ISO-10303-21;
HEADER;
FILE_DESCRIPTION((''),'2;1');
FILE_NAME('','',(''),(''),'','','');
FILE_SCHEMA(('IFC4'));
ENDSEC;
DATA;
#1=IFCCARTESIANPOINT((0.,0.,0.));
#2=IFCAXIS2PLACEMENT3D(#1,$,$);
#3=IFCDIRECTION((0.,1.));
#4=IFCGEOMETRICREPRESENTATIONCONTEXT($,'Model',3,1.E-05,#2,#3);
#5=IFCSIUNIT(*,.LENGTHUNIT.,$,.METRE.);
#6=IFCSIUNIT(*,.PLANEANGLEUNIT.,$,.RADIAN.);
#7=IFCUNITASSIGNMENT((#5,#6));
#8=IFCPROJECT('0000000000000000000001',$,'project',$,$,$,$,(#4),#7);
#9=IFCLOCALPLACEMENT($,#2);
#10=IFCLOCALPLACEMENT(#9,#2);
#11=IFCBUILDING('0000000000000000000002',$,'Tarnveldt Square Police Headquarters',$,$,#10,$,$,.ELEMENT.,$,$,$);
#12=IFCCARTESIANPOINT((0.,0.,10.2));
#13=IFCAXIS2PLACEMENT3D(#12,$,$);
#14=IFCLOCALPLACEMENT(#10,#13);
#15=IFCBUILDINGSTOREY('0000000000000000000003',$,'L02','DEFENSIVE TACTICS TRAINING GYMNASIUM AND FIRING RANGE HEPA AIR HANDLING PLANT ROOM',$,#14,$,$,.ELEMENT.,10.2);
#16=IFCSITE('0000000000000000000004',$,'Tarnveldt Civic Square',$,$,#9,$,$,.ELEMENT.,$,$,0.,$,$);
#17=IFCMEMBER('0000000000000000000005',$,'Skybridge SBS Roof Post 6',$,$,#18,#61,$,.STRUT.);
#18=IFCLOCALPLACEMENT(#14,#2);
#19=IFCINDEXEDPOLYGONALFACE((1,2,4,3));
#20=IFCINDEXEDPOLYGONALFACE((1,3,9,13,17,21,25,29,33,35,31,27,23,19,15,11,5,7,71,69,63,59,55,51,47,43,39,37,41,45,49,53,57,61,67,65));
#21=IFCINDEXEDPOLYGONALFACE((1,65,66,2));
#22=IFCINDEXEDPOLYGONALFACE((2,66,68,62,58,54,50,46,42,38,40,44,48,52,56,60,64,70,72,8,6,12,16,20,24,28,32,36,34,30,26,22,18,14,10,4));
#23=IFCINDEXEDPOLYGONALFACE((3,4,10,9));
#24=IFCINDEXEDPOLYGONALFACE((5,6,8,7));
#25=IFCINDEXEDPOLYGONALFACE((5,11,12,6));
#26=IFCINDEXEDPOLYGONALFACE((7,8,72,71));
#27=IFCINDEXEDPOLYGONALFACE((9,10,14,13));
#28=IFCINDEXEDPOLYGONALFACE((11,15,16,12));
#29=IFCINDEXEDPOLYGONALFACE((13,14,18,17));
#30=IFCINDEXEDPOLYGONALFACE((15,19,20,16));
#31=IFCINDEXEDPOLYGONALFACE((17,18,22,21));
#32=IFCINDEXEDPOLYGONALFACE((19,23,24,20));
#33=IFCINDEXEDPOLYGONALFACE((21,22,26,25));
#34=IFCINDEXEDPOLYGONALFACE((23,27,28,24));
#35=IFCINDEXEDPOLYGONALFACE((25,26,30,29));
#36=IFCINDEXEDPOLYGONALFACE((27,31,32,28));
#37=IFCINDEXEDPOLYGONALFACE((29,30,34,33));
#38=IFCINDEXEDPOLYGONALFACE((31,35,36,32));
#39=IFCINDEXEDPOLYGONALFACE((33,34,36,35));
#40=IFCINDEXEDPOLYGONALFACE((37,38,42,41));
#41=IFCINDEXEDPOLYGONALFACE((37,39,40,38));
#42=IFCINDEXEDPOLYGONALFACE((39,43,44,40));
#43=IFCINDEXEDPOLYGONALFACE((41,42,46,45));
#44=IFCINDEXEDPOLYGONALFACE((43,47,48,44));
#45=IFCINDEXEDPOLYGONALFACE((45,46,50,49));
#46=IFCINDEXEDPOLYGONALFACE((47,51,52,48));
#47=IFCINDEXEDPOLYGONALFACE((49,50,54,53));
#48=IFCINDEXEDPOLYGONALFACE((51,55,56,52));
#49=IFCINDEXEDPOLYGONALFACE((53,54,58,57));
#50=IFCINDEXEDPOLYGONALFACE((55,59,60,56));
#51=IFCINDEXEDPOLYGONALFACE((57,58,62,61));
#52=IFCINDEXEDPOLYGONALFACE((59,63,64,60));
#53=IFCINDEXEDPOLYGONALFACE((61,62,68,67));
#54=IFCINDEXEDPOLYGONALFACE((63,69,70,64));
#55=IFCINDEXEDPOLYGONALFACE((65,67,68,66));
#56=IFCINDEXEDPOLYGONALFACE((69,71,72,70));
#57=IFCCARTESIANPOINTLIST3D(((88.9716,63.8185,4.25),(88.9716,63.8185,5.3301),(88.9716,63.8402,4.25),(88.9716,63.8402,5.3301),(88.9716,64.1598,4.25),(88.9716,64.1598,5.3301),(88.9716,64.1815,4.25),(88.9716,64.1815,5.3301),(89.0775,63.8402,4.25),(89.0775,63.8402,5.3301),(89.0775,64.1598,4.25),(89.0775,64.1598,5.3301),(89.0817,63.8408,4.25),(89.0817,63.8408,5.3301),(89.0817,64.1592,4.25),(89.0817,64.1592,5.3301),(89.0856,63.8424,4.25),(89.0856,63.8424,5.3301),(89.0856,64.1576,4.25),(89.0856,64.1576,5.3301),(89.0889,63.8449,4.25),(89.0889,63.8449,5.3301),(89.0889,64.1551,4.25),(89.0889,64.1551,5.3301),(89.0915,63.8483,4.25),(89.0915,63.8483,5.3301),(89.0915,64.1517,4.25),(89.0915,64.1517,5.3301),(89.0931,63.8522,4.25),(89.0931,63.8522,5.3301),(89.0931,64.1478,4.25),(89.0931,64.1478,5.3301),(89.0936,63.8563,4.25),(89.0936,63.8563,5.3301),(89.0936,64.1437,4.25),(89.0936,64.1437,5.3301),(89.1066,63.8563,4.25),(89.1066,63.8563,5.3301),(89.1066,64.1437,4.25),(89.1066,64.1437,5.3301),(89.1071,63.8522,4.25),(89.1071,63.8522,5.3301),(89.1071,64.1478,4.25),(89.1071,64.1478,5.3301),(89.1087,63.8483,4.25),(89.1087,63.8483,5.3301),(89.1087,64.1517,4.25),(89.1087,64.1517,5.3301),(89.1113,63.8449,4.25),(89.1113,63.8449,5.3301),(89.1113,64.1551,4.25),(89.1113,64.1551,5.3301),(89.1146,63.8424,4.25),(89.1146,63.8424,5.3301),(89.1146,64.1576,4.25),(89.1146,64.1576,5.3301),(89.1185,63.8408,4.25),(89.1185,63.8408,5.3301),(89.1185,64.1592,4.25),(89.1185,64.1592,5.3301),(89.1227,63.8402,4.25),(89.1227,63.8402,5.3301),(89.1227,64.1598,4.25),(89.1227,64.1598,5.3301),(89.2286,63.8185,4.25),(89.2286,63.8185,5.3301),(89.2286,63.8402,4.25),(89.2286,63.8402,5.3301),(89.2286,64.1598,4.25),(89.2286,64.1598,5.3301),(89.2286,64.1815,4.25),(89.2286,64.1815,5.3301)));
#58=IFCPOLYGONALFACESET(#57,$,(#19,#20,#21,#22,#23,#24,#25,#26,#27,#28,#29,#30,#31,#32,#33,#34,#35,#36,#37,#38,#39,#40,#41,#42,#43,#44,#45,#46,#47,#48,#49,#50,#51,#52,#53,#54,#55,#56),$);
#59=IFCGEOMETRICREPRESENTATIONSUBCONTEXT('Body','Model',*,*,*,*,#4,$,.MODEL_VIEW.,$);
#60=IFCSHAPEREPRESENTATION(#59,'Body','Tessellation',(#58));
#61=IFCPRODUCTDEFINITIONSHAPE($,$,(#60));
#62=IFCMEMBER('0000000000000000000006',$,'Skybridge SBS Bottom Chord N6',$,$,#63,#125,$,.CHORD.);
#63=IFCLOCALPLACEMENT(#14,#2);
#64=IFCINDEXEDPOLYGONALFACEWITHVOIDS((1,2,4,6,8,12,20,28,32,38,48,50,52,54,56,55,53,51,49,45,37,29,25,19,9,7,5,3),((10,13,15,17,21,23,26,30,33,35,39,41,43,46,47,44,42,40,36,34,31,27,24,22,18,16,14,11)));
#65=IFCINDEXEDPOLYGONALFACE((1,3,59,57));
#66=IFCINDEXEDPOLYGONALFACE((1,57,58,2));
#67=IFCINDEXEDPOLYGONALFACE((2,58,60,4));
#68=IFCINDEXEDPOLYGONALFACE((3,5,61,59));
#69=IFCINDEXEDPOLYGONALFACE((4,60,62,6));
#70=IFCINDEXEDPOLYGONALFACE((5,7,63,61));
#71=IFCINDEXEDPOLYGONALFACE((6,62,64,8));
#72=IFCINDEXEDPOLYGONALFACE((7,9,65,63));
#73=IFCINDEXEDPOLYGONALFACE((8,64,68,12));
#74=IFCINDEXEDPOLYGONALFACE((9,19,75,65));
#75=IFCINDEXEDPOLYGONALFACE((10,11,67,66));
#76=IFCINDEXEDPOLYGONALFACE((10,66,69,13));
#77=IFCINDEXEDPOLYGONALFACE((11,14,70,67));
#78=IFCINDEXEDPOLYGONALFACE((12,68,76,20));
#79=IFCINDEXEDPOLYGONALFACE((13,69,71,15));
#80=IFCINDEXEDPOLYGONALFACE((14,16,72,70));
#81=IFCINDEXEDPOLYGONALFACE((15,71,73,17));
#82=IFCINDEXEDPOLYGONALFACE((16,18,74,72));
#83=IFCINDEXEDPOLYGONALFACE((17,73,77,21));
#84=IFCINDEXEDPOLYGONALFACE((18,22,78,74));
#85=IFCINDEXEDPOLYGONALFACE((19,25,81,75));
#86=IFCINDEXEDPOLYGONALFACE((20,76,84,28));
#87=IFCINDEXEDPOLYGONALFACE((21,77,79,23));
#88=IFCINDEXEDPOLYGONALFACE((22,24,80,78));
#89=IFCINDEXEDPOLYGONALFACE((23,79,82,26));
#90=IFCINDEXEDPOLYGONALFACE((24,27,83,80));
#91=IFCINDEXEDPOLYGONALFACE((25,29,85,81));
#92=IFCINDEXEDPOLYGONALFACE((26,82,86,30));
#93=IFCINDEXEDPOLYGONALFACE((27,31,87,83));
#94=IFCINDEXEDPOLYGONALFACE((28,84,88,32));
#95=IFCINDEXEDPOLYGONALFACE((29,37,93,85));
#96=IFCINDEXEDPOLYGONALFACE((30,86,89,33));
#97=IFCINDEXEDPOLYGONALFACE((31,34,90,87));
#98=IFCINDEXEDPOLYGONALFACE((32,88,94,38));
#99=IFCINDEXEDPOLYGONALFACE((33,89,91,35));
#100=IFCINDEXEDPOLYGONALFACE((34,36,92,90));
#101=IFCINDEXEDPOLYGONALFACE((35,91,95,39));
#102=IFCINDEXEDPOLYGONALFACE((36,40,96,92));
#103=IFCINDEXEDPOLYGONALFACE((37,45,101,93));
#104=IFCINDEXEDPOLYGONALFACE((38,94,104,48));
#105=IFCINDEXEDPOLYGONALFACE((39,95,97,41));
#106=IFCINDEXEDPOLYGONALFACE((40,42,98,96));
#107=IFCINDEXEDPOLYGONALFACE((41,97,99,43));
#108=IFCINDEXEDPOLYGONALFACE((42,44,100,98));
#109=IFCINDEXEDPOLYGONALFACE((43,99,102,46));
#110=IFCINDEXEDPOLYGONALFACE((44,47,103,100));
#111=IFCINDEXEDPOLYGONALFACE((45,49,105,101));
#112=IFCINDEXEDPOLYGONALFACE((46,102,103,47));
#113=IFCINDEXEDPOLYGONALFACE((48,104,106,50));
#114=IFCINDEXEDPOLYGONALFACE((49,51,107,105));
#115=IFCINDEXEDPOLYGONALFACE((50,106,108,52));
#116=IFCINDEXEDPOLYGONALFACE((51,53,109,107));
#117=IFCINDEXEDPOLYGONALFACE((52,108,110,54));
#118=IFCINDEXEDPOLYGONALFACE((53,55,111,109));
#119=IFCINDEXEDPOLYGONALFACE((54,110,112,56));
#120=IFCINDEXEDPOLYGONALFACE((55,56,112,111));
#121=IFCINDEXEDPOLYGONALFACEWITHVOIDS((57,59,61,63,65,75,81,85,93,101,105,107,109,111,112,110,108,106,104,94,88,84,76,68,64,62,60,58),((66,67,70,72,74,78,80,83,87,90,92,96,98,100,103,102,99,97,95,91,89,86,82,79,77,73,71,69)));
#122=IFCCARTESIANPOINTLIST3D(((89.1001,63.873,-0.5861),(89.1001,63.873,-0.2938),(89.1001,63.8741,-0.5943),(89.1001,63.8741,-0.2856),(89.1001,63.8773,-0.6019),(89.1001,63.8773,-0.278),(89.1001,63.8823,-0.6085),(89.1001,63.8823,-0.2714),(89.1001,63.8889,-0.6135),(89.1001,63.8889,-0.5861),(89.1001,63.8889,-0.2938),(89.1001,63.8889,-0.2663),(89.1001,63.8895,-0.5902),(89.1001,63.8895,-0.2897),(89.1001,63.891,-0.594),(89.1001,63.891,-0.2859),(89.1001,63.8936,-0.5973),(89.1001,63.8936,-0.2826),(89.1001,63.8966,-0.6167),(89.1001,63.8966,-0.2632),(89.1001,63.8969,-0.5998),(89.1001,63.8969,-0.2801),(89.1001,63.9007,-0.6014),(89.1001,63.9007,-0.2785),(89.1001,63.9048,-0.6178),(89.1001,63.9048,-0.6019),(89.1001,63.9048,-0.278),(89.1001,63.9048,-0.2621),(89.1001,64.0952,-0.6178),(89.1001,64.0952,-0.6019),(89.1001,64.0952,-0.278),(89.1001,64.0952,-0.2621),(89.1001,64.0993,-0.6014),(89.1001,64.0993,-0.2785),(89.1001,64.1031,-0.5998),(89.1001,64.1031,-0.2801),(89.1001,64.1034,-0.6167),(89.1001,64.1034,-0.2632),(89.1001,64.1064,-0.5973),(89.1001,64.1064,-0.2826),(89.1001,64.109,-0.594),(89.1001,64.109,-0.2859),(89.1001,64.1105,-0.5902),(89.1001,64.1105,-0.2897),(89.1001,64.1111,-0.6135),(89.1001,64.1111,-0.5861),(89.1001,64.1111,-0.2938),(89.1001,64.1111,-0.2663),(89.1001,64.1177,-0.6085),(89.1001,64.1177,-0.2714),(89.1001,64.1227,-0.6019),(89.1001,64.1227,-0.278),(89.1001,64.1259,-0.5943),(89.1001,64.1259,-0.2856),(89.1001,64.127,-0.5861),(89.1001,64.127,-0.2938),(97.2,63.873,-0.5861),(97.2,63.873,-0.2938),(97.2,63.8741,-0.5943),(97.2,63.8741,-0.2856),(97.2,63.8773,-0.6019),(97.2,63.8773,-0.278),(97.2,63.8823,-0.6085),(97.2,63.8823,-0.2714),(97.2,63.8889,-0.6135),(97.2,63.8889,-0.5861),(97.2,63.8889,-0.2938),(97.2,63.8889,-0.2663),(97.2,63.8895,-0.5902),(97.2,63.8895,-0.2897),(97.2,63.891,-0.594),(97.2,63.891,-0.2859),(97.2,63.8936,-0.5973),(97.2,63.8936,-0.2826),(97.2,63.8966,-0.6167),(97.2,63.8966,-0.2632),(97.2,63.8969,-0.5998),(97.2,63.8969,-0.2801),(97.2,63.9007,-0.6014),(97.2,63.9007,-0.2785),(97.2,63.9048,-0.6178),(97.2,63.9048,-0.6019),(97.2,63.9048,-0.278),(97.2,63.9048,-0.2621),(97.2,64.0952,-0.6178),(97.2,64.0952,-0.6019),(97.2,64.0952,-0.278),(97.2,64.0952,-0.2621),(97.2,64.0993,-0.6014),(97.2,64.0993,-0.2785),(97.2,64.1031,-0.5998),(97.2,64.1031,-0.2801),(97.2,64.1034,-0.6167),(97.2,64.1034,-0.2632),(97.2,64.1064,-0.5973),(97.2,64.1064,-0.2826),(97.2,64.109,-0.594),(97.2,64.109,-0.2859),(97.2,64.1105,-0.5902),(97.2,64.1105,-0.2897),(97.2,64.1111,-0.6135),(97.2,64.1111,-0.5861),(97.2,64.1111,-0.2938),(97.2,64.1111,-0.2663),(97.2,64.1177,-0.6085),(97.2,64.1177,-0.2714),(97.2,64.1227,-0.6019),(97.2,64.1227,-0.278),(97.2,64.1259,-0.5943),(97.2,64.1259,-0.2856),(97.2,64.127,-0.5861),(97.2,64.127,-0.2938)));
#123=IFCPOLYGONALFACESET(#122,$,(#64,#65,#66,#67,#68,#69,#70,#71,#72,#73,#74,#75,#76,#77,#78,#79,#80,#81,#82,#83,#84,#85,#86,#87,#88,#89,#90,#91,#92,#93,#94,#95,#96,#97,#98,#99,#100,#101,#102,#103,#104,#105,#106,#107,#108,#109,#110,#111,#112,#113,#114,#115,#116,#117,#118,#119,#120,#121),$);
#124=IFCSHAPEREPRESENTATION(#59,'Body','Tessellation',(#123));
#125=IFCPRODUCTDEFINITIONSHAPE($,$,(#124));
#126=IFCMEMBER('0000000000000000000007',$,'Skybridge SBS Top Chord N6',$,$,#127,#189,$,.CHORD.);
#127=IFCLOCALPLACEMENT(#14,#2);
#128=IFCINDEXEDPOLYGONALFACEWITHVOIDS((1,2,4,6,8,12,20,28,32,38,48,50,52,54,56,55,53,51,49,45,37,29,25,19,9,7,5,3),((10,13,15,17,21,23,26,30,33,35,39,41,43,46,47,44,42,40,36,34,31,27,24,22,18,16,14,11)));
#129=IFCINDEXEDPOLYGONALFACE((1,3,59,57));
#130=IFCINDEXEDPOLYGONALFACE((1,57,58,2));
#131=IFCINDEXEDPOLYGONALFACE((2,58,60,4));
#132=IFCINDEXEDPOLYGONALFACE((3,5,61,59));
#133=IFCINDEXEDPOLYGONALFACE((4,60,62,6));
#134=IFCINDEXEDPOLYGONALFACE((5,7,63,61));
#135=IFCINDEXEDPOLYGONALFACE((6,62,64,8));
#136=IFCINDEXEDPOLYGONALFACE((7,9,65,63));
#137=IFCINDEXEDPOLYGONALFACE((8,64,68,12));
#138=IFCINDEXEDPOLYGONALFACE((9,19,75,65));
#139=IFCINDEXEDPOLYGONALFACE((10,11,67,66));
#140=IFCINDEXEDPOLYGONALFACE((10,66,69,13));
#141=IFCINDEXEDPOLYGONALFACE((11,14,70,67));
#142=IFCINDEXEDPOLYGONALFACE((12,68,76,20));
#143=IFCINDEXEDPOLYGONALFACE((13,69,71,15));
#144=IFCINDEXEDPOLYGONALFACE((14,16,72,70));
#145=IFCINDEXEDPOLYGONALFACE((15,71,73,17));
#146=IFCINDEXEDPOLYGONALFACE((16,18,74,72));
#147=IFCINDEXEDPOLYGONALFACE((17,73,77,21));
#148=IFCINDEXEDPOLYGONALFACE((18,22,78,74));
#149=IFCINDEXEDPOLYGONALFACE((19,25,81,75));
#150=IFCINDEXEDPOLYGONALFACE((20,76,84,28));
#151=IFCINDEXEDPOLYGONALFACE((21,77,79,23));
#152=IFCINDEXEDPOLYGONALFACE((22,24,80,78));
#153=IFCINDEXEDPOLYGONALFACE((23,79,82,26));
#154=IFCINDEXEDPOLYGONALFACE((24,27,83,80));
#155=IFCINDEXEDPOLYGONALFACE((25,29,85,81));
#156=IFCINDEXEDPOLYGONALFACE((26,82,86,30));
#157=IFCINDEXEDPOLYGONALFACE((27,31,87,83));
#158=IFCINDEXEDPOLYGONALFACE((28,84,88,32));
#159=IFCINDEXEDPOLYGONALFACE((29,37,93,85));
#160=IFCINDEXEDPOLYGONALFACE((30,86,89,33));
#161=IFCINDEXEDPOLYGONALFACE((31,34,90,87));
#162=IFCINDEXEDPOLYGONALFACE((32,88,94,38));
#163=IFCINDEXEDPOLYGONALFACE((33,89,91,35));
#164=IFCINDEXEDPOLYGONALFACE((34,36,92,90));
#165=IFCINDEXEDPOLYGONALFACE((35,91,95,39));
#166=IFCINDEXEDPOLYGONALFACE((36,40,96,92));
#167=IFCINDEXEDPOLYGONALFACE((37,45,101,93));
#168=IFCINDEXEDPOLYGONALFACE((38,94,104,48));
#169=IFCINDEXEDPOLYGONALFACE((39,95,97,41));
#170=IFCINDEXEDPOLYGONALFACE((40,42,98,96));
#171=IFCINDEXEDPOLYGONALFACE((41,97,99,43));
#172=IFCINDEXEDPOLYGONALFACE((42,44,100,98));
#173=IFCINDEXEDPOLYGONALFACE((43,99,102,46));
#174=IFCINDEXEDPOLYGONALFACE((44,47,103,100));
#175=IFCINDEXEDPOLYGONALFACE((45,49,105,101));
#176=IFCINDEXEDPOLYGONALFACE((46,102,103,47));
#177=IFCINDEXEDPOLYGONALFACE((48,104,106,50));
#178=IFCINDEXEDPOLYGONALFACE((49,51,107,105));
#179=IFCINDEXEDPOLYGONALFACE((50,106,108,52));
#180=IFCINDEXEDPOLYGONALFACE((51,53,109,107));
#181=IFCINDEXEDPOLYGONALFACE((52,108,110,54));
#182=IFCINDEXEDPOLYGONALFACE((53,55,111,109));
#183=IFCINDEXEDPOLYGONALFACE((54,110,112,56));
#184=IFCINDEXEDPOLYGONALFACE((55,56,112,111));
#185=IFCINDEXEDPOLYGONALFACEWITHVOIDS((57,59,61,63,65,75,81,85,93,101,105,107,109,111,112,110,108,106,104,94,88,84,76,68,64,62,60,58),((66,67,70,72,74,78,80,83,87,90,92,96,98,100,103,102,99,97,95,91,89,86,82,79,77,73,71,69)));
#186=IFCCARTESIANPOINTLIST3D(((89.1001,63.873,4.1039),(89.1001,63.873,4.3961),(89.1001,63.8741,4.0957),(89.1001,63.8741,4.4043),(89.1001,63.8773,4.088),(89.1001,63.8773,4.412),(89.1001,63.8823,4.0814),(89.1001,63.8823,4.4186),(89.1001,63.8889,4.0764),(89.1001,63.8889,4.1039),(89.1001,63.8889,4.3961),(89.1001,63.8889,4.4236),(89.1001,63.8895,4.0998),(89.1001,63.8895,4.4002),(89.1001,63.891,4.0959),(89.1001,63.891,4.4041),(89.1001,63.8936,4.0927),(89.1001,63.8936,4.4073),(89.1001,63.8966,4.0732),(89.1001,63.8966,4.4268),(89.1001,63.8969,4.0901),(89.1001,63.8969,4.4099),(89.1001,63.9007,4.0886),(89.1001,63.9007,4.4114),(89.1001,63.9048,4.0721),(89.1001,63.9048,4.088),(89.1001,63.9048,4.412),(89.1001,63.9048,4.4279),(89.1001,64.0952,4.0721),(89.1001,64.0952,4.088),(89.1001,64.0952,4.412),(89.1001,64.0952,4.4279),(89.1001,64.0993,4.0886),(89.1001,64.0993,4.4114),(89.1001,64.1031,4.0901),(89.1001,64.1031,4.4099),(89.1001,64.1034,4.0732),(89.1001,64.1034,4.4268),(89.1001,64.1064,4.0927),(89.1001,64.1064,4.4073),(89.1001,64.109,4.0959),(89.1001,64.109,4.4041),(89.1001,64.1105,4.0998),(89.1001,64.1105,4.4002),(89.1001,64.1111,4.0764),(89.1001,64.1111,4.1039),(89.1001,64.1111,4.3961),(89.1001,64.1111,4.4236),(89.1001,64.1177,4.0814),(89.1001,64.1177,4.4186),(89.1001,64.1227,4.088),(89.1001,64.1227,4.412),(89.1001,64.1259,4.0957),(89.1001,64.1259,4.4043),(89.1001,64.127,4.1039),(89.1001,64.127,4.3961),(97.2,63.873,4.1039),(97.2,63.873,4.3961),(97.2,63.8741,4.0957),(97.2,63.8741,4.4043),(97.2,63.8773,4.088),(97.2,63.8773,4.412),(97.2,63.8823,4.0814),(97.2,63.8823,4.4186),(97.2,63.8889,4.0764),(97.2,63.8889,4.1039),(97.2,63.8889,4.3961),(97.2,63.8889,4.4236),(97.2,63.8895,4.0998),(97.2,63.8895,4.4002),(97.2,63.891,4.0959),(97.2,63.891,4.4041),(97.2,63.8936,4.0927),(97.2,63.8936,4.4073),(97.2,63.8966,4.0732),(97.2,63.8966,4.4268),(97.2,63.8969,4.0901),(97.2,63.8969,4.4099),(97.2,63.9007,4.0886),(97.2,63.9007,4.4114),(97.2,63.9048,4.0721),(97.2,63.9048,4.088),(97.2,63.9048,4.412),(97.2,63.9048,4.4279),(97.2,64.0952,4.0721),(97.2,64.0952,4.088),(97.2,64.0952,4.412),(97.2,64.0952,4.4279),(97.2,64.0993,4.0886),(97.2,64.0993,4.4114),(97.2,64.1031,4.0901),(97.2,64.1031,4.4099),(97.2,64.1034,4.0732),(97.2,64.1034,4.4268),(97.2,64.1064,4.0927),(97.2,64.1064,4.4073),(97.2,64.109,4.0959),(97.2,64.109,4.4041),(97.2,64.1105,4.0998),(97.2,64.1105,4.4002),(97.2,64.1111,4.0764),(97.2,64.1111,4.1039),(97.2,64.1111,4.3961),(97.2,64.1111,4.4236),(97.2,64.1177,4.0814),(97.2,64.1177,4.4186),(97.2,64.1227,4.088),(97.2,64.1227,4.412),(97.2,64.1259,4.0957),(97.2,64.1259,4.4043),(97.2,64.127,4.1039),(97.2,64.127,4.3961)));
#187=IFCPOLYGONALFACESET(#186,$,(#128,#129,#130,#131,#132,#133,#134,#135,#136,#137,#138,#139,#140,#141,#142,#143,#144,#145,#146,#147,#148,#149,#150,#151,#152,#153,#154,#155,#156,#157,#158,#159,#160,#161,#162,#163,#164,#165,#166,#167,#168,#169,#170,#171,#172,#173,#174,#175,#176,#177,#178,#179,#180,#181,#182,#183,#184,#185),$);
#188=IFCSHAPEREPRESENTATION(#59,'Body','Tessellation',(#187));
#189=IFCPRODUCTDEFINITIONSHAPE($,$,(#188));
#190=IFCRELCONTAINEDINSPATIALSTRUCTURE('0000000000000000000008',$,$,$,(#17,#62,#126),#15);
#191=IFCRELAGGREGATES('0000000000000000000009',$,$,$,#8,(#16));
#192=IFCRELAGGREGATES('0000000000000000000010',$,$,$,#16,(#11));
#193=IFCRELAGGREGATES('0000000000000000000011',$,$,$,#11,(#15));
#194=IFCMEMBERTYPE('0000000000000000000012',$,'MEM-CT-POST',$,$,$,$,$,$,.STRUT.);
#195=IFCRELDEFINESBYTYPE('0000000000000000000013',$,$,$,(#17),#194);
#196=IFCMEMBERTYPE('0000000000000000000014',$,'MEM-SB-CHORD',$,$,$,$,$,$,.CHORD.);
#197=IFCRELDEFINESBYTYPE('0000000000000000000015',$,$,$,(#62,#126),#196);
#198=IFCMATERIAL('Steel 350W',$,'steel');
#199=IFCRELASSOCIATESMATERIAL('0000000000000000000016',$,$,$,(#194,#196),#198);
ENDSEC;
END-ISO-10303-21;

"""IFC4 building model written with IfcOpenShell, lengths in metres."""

from ifc_helpers import new_model, si_unit, direction, frame, origin, origin_2d, place, context, subcontext, project, spatial, hollow_rectangle, i_section, extrude, material, material_profile, profile_set, type_object, element, save


model = new_model("IFC4")

# Units and contexts
model_context = context("Model", 3, precision=1e-05, world=origin(), true_north=direction((0.0, 1.0)))
body_context = subcontext(model_context, "Body", "Model", "MODEL_VIEW")
ifc_project = project(units=[si_unit("LENGTHUNIT", "METRE"), si_unit("PLANEANGLEUNIT", "RADIAN")], contexts=[model_context])

# Site, building, storey
site_placement = place(None, origin())
site = spatial("IfcSite", under=ifc_project, at=site_placement, Name="Tarnveldt Civic Square", CompositionType="ELEMENT", RefElevation=0.0)
building_placement = place(site_placement, origin())
building = spatial("IfcBuilding", under=site, at=building_placement, Name="Tarnveldt Square Police Headquarters", CompositionType="ELEMENT")
storey_placement = place(building_placement, frame((0.0, 0.0, 10.2)))
storey = spatial("IfcBuildingStorey", under=building, at=storey_placement, Name="L02", Description="DEFENSIVE TACTICS TRAINING GYMNASIUM AND FIRING RANGE HEPA AIR HANDLING PLANT ROOM", CompositionType="ELEMENT", Elevation=10.2)

# Shared definitions
ifc_material_1 = material(Name="Steel 350W", Category="steel")

# Members
ifc_material_profile_1 = material_profile(ifc_material_1, i_section(OverallWidth=0.2571, OverallDepth=0.363, WebThickness=0.0129, FlangeThickness=0.0217, FilletRadius=0.0161, at=origin_2d()), Name="W360x122")
ifc_profile_set_1 = profile_set([ifc_material_profile_1], Name="Steel 350W")
member_type_1 = type_object("IfcMemberType", Name="MEM-CT-POST", PredefinedType="STRUT", material=ifc_profile_set_1)
member_1_placement = place(storey_placement, frame((89.1001, 64.0, 4.25), z_axis=(0.0, 0.0, 1.0), x_axis=(1.0, 0.0, 0.0)))
element("IfcMember", 1, at=member_1_placement, inside=storey, type_object=member_type_1, Name="Skybridge SBS Roof Post 6", PredefinedType="STRUT", context=body_context, shape_type="SweptSolid", body=[
    extrude(i_section(OverallWidth=0.2571, OverallDepth=0.363, WebThickness=0.0129, FlangeThickness=0.0217, FilletRadius=0.0161, at=origin_2d()), origin(), (0.0, 0.0, 1.0), 1.0801),
])
ifc_material_profile_2 = material_profile(ifc_material_1, hollow_rectangle(XDim=0.2539, YDim=0.3557, WallThickness=0.0159, InnerFilletRadius=0.0159, OuterFilletRadius=0.0317, at=origin_2d()), Name="HSS356x254x16")
ifc_profile_set_2 = profile_set([ifc_material_profile_2], Name="Steel 350W")
member_type_2 = type_object("IfcMemberType", Name="MEM-SB-CHORD", PredefinedType="CHORD", material=ifc_profile_set_2)
for number, where, z_axis, x_axis, name in (
    (2, (89.1001, 64.0, -0.4399), (1.0, 0.0, 0.0), (0.0, 1.0, 0.0), "Skybridge SBS Bottom Chord N6"),
    (3, (89.1001, 64.0, 4.25), (1.0, 0.0, 0.0), (0.0, 1.0, 0.0), "Skybridge SBS Top Chord N6"),
):
    element("IfcMember", number, at=place(storey_placement, frame(where, z_axis=z_axis, x_axis=x_axis)), inside=storey, type_object=member_type_2, Name=name, PredefinedType="CHORD", context=body_context, shape_type="SweptSolid", body=[
        extrude(hollow_rectangle(XDim=0.2539, YDim=0.3557, WallThickness=0.0159, InnerFilletRadius=0.0159, OuterFilletRadius=0.0317, at=origin_2d()), origin(), (0.0, 0.0, 1.0), 8.0999),
    ])

save(model, "model.ifc")
